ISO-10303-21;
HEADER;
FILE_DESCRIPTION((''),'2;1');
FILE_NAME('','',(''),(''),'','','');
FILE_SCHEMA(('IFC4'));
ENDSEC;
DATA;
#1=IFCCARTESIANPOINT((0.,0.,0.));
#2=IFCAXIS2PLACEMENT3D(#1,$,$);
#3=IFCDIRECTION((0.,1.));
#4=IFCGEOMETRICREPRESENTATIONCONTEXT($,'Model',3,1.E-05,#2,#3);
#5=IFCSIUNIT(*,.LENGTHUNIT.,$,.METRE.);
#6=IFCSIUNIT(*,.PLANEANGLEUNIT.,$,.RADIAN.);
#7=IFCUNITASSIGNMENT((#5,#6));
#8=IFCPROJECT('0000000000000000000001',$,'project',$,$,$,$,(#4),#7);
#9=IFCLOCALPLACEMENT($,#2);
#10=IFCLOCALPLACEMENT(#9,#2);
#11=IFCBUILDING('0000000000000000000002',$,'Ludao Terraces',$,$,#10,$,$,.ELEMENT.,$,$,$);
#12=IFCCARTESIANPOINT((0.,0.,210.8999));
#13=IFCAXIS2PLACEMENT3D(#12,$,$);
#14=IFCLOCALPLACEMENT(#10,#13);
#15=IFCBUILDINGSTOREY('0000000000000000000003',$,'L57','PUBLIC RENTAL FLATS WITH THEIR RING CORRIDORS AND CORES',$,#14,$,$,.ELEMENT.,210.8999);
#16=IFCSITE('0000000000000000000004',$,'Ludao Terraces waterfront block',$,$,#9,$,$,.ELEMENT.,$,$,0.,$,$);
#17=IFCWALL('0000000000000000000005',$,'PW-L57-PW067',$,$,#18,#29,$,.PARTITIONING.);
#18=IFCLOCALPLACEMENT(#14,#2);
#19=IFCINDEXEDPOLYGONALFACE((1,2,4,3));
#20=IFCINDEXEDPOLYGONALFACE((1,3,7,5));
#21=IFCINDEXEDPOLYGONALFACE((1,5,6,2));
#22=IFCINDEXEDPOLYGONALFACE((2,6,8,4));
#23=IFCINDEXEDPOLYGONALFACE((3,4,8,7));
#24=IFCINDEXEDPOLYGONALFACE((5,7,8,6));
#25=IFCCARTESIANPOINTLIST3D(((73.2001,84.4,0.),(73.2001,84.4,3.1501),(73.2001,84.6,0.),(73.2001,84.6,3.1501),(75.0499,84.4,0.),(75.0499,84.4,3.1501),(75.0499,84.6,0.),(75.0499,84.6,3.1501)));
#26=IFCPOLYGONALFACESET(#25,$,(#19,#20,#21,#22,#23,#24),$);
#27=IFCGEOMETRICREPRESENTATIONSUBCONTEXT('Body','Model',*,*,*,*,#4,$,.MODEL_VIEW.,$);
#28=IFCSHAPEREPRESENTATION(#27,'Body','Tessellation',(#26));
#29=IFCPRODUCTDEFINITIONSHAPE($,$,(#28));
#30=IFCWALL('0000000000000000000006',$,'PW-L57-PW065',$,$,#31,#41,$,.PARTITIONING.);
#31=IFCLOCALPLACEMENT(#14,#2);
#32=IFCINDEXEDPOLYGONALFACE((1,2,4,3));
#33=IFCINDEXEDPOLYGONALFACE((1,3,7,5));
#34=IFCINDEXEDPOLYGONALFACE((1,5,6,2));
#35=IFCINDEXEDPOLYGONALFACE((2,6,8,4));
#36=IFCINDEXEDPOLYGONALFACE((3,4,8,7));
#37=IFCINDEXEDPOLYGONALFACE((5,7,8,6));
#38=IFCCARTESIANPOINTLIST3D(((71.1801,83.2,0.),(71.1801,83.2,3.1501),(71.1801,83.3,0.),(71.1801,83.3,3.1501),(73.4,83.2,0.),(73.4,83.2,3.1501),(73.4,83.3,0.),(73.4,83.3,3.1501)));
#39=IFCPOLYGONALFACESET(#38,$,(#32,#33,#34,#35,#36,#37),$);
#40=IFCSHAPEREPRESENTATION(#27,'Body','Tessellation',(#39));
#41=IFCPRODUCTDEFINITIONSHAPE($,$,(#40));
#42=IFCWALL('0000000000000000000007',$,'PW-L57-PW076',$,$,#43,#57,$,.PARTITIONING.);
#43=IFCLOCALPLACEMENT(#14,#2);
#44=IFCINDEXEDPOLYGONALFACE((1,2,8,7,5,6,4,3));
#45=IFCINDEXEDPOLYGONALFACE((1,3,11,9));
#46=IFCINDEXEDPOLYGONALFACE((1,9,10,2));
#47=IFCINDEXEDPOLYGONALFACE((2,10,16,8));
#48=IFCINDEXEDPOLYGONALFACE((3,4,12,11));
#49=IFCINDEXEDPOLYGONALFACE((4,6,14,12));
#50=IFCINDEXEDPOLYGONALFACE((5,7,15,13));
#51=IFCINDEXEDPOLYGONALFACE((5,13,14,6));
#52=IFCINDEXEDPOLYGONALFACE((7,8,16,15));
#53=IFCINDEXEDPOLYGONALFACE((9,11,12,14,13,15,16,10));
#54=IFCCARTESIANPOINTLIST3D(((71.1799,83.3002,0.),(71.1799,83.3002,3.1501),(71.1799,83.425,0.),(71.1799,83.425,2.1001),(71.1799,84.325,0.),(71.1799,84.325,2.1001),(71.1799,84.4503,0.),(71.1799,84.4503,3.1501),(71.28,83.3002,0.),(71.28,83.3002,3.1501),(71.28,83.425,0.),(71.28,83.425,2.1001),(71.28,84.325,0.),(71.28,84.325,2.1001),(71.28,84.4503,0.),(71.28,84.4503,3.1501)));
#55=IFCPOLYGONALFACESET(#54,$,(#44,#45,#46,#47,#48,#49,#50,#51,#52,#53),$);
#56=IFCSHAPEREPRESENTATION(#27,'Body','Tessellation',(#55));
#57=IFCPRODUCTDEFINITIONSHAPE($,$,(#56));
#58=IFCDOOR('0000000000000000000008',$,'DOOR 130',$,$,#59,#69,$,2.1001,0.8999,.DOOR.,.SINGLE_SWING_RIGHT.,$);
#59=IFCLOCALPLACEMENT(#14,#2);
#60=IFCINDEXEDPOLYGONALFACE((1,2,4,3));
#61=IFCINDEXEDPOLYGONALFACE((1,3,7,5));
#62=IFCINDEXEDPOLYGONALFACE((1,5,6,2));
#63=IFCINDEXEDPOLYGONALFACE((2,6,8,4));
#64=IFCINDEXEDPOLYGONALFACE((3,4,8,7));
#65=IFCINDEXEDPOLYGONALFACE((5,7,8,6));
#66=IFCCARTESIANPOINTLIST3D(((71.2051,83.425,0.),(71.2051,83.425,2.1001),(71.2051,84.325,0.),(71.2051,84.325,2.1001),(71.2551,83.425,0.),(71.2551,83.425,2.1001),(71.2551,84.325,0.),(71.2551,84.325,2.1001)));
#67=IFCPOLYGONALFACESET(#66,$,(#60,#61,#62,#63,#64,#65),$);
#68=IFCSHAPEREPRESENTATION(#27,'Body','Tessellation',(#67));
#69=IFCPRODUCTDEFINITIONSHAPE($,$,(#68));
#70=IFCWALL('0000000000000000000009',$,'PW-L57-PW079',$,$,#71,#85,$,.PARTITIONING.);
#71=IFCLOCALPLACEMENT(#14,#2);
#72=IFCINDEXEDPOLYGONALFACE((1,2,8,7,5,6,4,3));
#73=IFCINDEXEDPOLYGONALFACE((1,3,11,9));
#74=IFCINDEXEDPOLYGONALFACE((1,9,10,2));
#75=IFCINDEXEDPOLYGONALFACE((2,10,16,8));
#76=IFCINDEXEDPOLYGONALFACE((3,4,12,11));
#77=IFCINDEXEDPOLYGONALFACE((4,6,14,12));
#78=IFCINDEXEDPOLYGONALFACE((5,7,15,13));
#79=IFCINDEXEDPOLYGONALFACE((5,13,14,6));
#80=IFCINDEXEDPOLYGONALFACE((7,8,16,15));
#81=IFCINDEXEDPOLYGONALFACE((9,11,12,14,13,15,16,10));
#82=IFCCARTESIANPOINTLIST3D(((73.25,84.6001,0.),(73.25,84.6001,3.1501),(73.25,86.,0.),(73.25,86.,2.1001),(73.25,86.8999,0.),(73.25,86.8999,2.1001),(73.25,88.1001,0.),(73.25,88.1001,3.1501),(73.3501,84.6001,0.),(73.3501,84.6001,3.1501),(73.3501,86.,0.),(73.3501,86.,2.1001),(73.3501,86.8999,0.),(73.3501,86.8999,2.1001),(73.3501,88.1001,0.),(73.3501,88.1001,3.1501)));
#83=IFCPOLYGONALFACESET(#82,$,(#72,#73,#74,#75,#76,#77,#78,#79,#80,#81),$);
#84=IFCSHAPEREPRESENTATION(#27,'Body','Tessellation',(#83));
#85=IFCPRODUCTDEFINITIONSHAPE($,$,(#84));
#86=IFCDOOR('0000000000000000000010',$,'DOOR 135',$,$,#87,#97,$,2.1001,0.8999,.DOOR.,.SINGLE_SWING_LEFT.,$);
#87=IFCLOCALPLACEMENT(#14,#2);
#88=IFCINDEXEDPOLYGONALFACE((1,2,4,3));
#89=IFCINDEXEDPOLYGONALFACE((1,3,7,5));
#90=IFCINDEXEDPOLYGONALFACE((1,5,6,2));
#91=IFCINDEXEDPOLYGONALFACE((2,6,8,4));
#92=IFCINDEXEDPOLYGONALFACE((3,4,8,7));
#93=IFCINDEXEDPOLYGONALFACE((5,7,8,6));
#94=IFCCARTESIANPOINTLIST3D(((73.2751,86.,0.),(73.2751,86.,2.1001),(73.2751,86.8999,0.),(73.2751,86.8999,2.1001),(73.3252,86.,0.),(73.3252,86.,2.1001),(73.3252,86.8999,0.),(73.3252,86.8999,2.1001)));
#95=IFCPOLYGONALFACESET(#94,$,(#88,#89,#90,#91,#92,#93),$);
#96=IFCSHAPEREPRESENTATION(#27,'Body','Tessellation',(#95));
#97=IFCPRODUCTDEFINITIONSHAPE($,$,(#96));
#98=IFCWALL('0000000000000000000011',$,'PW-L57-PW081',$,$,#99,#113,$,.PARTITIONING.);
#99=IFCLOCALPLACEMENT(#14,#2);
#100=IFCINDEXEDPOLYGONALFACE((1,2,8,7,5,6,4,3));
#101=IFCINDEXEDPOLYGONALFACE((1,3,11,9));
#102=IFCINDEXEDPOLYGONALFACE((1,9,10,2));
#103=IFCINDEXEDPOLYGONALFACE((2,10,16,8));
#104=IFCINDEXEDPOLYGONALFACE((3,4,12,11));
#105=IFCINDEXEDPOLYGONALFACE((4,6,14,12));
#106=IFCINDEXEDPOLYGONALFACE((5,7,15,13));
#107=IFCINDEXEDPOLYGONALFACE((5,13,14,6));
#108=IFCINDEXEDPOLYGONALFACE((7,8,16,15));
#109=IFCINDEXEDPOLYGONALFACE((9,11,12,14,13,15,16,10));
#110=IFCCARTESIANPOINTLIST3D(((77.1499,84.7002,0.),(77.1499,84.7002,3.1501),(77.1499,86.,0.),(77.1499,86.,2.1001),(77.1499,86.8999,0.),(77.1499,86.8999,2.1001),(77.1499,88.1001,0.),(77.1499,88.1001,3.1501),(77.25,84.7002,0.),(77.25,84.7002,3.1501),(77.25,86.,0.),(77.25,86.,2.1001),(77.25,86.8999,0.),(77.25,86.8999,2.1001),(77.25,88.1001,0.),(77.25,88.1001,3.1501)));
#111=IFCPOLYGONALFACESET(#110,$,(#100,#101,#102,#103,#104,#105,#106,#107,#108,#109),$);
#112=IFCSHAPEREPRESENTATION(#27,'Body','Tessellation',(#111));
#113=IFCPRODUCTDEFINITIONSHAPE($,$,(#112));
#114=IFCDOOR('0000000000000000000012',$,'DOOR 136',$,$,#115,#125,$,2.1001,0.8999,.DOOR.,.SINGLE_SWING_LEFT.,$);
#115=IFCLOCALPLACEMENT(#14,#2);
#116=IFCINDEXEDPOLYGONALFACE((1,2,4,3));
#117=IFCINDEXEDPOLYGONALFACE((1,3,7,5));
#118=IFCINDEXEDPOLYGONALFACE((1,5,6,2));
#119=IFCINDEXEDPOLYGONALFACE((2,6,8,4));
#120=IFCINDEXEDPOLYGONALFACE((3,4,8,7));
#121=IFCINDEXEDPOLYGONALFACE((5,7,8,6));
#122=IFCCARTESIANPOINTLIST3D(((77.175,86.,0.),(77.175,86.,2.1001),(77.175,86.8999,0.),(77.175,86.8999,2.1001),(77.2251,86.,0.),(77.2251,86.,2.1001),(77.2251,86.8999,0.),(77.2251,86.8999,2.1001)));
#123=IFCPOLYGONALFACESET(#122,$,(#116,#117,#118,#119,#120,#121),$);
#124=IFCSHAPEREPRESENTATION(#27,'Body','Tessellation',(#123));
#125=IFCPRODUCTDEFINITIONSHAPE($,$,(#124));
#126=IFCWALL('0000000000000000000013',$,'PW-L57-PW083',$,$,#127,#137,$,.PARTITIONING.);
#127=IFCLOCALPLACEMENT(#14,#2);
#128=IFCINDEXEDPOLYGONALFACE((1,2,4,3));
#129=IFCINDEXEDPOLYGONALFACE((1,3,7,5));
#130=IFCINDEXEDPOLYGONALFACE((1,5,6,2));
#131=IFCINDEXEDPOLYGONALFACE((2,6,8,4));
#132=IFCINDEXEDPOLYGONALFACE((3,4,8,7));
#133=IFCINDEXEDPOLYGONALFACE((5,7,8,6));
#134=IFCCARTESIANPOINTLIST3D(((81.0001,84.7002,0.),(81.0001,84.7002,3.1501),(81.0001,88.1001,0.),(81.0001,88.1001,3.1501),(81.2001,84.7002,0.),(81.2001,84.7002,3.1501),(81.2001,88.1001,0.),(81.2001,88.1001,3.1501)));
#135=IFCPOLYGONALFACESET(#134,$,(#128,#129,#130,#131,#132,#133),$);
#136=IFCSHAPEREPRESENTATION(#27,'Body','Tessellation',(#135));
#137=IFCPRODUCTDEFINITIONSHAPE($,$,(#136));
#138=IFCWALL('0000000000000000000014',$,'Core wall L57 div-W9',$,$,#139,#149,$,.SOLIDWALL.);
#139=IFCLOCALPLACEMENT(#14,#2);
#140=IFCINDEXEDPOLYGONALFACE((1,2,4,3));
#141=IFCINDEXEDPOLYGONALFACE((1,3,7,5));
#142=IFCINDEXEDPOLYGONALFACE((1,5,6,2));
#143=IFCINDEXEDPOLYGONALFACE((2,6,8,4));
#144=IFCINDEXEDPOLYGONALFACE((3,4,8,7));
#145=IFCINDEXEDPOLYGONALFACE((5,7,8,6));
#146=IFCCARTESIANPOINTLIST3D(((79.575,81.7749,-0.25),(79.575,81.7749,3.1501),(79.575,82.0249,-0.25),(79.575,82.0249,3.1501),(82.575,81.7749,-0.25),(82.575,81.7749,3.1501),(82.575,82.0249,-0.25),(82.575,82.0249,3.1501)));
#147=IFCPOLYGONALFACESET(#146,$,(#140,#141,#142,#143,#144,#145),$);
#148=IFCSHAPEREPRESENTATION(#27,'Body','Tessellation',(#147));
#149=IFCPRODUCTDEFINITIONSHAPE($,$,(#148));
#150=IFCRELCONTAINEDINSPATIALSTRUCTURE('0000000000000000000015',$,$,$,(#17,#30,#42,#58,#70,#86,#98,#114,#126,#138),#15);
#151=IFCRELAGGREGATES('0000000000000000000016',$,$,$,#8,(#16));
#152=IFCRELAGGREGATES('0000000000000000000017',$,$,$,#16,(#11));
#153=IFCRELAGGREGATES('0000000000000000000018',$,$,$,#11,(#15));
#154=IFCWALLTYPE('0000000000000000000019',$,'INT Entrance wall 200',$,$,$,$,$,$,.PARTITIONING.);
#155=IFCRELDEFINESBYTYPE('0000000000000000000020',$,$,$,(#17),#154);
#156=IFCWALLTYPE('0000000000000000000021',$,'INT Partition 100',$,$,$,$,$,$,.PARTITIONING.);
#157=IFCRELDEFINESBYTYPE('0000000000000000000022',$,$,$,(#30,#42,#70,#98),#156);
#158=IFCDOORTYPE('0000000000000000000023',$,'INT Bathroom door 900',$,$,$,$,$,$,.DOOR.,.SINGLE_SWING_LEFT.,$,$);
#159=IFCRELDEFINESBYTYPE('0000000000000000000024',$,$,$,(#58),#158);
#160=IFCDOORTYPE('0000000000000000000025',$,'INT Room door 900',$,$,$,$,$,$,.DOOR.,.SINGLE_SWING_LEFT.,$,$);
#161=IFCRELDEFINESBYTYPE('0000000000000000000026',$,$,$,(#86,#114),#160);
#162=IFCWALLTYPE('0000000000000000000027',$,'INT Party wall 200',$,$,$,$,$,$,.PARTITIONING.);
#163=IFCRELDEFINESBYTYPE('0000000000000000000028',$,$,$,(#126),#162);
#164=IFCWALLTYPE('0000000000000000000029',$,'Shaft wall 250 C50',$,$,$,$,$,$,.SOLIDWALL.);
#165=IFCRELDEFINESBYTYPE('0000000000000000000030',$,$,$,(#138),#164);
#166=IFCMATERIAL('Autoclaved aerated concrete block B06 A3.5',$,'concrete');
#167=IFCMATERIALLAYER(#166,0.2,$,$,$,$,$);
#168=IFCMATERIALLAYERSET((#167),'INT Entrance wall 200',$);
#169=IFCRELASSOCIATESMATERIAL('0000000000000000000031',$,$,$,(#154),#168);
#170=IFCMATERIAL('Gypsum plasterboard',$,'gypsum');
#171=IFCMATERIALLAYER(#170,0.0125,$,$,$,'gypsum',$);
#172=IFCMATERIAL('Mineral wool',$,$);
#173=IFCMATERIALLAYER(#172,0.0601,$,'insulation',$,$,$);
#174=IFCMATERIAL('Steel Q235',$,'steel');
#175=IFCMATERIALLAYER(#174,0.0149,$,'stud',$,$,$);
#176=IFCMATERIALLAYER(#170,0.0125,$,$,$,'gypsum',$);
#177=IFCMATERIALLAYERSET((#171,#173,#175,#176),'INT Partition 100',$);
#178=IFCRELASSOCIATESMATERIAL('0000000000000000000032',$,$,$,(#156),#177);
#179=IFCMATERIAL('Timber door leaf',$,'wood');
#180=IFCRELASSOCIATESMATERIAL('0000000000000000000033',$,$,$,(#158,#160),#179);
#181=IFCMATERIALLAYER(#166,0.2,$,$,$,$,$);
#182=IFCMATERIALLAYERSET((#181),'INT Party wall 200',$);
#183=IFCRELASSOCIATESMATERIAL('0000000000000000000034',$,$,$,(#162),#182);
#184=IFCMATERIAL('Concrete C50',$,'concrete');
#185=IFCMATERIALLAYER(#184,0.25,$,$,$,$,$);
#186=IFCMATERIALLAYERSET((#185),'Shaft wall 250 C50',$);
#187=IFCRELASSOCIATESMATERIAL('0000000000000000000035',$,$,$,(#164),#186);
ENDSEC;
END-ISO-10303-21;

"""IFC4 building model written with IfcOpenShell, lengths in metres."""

from ifc_helpers import new_model, si_unit, direction, frame, frame_2d, origin, place, context, subcontext, project, spatial, rectangle, extrude, material, layer, layer_set, type_object, element, fill, save


model = new_model("IFC4")

# Units and contexts
model_context = context("Model", 3, precision=1e-05, world=origin(), true_north=direction((0.0, 1.0)))
body_context = subcontext(model_context, "Body", "Model", "MODEL_VIEW")
ifc_project = project(units=[si_unit("LENGTHUNIT", "METRE"), si_unit("PLANEANGLEUNIT", "RADIAN")], contexts=[model_context])

# Site, building, storey
site_placement = place(None, origin())
site = spatial("IfcSite", under=ifc_project, at=site_placement, Name="Ludao Terraces waterfront block", CompositionType="ELEMENT", RefElevation=0.0)
building_placement = place(site_placement, origin())
building = spatial("IfcBuilding", under=site, at=building_placement, Name="Ludao Terraces", CompositionType="ELEMENT")
storey_placement = place(building_placement, frame((0.0, 0.0, 210.8999)))
storey = spatial("IfcBuildingStorey", under=building, at=storey_placement, Name="L57", Description="PUBLIC RENTAL FLATS WITH THEIR RING CORRIDORS AND CORES", CompositionType="ELEMENT", Elevation=210.8999)

# Shared definitions
ifc_material_1 = material(Name="Concrete C50", Category="concrete")

# Shared definitions
ifc_material_2 = material(Name="Mineral wool")

# Walls
ifc_material_3 = material(Name="Autoclaved aerated concrete block B06 A3.5", Category="concrete")
ifc_layer_1 = layer(ifc_material_3, 0.2)
ifc_layer_set_1 = layer_set([ifc_layer_1], Name="INT Entrance wall 200")
wall_type_1 = type_object("IfcWallType", Name="INT Entrance wall 200", PredefinedType="PARTITIONING", material=ifc_layer_set_1)
wall_1_placement = place(storey_placement, frame((73.2002, 84.5, 0.0), z_axis=(0.0, 0.0, 1.0), x_axis=(1.0, 0.0, 0.0)))
element("IfcWall", 1, at=wall_1_placement, inside=storey, type_object=wall_type_1, Name="PW-L57-PW067", PredefinedType="PARTITIONING", context=body_context, shape_type="SweptSolid", body=[
    extrude(rectangle(XDim=1.8499, YDim=0.2, at=frame_2d((0.9248, 0.0))), origin(), (0.0, 0.0, 1.0), 3.1501),
])
ifc_material_4 = material(Name="Gypsum plasterboard", Category="gypsum")
ifc_layer_2 = layer(ifc_material_4, 0.0125, Category="gypsum")
ifc_layer_3 = layer(ifc_material_2, 0.0601, Name="insulation")
ifc_material_5 = material(Name="Steel Q235", Category="steel")
ifc_layer_4 = layer(ifc_material_5, 0.0149, Name="stud")
ifc_layer_5 = layer(ifc_material_4, 0.0125, Category="gypsum")
ifc_layer_set_2 = layer_set([ifc_layer_2, ifc_layer_3, ifc_layer_4, ifc_layer_5], Name="INT Partition 100")
wall_type_2 = type_object("IfcWallType", Name="INT Partition 100", PredefinedType="PARTITIONING", material=ifc_layer_set_2)
wall_2_placement = place(storey_placement, frame((71.1802, 83.25, 0.0), z_axis=(0.0, 0.0, 1.0), x_axis=(1.0, 0.0, 0.0)))
element("IfcWall", 2, at=wall_2_placement, inside=storey, type_object=wall_type_2, Name="PW-L57-PW065", PredefinedType="PARTITIONING", context=body_context, shape_type="SweptSolid", body=[
    extrude(rectangle(XDim=2.22, YDim=0.1001, at=frame_2d((1.1099, 0.0))), origin(), (0.0, 0.0, 1.0), 3.1501),
])

# Walls, openings, doors
wall_3_placement = place(storey_placement, frame((71.23, 83.3, 0.0), z_axis=(0.0, 0.0, 1.0), x_axis=(0.0, 1.0, 0.0)))
wall_3 = element("IfcWall", 3, at=wall_3_placement, inside=storey, type_object=wall_type_2, Name="PW-L57-PW076", PredefinedType="PARTITIONING", context=body_context, shape_type="SweptSolid", body=[
    extrude(rectangle(XDim=1.1501, YDim=0.1001, at=frame_2d((0.5752, 0.0))), origin(), (0.0, 0.0, 1.0), 3.1501),
])
opening_1_placement = place(wall_3_placement, frame((0.125, 0.0, 0.0)))
opening_1 = element("IfcOpeningElement", 4, at=opening_1_placement, cuts=wall_3, PredefinedType="OPENING", context=body_context, shape_type="SweptSolid", body=[
    extrude(rectangle(XDim=0.8999, YDim=2.1001, at=frame_2d((0.45, 1.05))), frame((0.0, 0.0601, 0.0), z_axis=(0.0, -1.0, 0.0), x_axis=(1.0, 0.0, 0.0)), (0.0, 0.0, 1.0), 0.1201),
])
ifc_material_6 = material(Name="Timber door leaf", Category="wood")
door_type_1 = type_object("IfcDoorType", Name="INT Bathroom door 900", OperationType="SINGLE_SWING_LEFT", PredefinedType="DOOR", material=ifc_material_6)
door_1_placement = place(opening_1_placement, origin())
door_1 = element("IfcDoor", 5, at=door_1_placement, inside=storey, type_object=door_type_1, Name="DOOR 130", OperationType="SINGLE_SWING_RIGHT", OverallHeight=2.1001, OverallWidth=0.8999, PredefinedType="DOOR", context=body_context, shape_type="SweptSolid", body=[
    extrude(rectangle(XDim=0.8999, YDim=2.1001, at=frame_2d((0.45, 1.05))), frame((0.0, 0.0249, 0.0), z_axis=(0.0, -1.0, 0.0), x_axis=(1.0, 0.0, 0.0)), (0.0, 0.0, 1.0), 0.05),
])
fill(opening_1, door_1)
wall_4_placement = place(storey_placement, frame((73.3, 84.6001, 0.0), z_axis=(0.0, 0.0, 1.0), x_axis=(0.0, 1.0, 0.0)))
wall_4 = element("IfcWall", 6, at=wall_4_placement, inside=storey, type_object=wall_type_2, Name="PW-L57-PW079", PredefinedType="PARTITIONING", context=body_context, shape_type="SweptSolid", body=[
    extrude(rectangle(XDim=3.5, YDim=0.1001, at=frame_2d((1.75, 0.0))), origin(), (0.0, 0.0, 1.0), 3.1501),
])
opening_2_placement = place(wall_4_placement, frame((1.3999, 0.0, 0.0)))
opening_2 = element("IfcOpeningElement", 7, at=opening_2_placement, cuts=wall_4, PredefinedType="OPENING", context=body_context, shape_type="SweptSolid", body=[
    extrude(rectangle(XDim=0.8999, YDim=2.1001, at=frame_2d((0.45, 1.05))), frame((0.0, 0.0601, 0.0), z_axis=(0.0, -1.0, 0.0), x_axis=(1.0, 0.0, 0.0)), (0.0, 0.0, 1.0), 0.1201),
])
door_type_2 = type_object("IfcDoorType", Name="INT Room door 900", OperationType="SINGLE_SWING_LEFT", PredefinedType="DOOR", material=ifc_material_6)
door_2_placement = place(opening_2_placement, origin())
door_2 = element("IfcDoor", 8, at=door_2_placement, inside=storey, type_object=door_type_2, Name="DOOR 135", OperationType="SINGLE_SWING_LEFT", OverallHeight=2.1001, OverallWidth=0.8999, PredefinedType="DOOR", context=body_context, shape_type="SweptSolid", body=[
    extrude(rectangle(XDim=0.8999, YDim=2.1001, at=frame_2d((0.45, 1.05))), frame((0.0, 0.0249, 0.0), z_axis=(0.0, -1.0, 0.0), x_axis=(1.0, 0.0, 0.0)), (0.0, 0.0, 1.0), 0.05),
])
fill(opening_2, door_2)
wall_5_placement = place(storey_placement, frame((77.2, 84.7002, 0.0), z_axis=(0.0, 0.0, 1.0), x_axis=(0.0, 1.0, 0.0)))
wall_5 = element("IfcWall", 9, at=wall_5_placement, inside=storey, type_object=wall_type_2, Name="PW-L57-PW081", PredefinedType="PARTITIONING", context=body_context, shape_type="SweptSolid", body=[
    extrude(rectangle(XDim=3.3999, YDim=0.1001, at=frame_2d((1.7, 0.0))), origin(), (0.0, 0.0, 1.0), 3.1501),
])
opening_3_placement = place(wall_5_placement, frame((1.2998, 0.0, 0.0)))
opening_3 = element("IfcOpeningElement", 10, at=opening_3_placement, cuts=wall_5, PredefinedType="OPENING", context=body_context, shape_type="SweptSolid", body=[
    extrude(rectangle(XDim=0.8999, YDim=2.1001, at=frame_2d((0.45, 1.05))), frame((0.0, 0.0601, 0.0), z_axis=(0.0, -1.0, 0.0), x_axis=(1.0, 0.0, 0.0)), (0.0, 0.0, 1.0), 0.1201),
])
door_3_placement = place(opening_3_placement, origin())
door_3 = element("IfcDoor", 11, at=door_3_placement, inside=storey, type_object=door_type_2, Name="DOOR 136", OperationType="SINGLE_SWING_LEFT", OverallHeight=2.1001, OverallWidth=0.8999, PredefinedType="DOOR", context=body_context, shape_type="SweptSolid", body=[
    extrude(rectangle(XDim=0.8999, YDim=2.1001, at=frame_2d((0.45, 1.05))), frame((0.0, 0.0249, 0.0), z_axis=(0.0, -1.0, 0.0), x_axis=(1.0, 0.0, 0.0)), (0.0, 0.0, 1.0), 0.05),
])
fill(opening_3, door_3)

# Walls
ifc_layer_6 = layer(ifc_material_3, 0.2)
ifc_layer_set_3 = layer_set([ifc_layer_6], Name="INT Party wall 200")
wall_type_3 = type_object("IfcWallType", Name="INT Party wall 200", PredefinedType="PARTITIONING", material=ifc_layer_set_3)
wall_6_placement = place(storey_placement, frame((81.1001, 84.7002, 0.0), z_axis=(0.0, 0.0, 1.0), x_axis=(0.0, 1.0, 0.0)))
element("IfcWall", 12, at=wall_6_placement, inside=storey, type_object=wall_type_3, Name="PW-L57-PW083", PredefinedType="PARTITIONING", context=body_context, shape_type="SweptSolid", body=[
    extrude(rectangle(XDim=3.3999, YDim=0.2, at=frame_2d((1.7, 0.0))), origin(), (0.0, 0.0, 1.0), 3.1501),
])
ifc_layer_7 = layer(ifc_material_1, 0.25)
ifc_layer_set_4 = layer_set([ifc_layer_7], Name="Shaft wall 250 C50")
wall_type_4 = type_object("IfcWallType", Name="Shaft wall 250 C50", PredefinedType="SOLIDWALL", material=ifc_layer_set_4)
wall_7_placement = place(storey_placement, frame((79.575, 81.8999, -0.25), z_axis=(0.0, 0.0, 1.0), x_axis=(1.0, 0.0, 0.0)))
element("IfcWall", 13, at=wall_7_placement, inside=storey, type_object=wall_type_4, Name="Core wall L57 div-W9", PredefinedType="SOLIDWALL", context=body_context, shape_type="SweptSolid", body=[
    extrude(rectangle(XDim=3.0, YDim=0.25, at=frame_2d((1.5, 0.0))), origin(), (0.0, 0.0, 1.0), 3.4001),
])

save(model, "model.ifc")
